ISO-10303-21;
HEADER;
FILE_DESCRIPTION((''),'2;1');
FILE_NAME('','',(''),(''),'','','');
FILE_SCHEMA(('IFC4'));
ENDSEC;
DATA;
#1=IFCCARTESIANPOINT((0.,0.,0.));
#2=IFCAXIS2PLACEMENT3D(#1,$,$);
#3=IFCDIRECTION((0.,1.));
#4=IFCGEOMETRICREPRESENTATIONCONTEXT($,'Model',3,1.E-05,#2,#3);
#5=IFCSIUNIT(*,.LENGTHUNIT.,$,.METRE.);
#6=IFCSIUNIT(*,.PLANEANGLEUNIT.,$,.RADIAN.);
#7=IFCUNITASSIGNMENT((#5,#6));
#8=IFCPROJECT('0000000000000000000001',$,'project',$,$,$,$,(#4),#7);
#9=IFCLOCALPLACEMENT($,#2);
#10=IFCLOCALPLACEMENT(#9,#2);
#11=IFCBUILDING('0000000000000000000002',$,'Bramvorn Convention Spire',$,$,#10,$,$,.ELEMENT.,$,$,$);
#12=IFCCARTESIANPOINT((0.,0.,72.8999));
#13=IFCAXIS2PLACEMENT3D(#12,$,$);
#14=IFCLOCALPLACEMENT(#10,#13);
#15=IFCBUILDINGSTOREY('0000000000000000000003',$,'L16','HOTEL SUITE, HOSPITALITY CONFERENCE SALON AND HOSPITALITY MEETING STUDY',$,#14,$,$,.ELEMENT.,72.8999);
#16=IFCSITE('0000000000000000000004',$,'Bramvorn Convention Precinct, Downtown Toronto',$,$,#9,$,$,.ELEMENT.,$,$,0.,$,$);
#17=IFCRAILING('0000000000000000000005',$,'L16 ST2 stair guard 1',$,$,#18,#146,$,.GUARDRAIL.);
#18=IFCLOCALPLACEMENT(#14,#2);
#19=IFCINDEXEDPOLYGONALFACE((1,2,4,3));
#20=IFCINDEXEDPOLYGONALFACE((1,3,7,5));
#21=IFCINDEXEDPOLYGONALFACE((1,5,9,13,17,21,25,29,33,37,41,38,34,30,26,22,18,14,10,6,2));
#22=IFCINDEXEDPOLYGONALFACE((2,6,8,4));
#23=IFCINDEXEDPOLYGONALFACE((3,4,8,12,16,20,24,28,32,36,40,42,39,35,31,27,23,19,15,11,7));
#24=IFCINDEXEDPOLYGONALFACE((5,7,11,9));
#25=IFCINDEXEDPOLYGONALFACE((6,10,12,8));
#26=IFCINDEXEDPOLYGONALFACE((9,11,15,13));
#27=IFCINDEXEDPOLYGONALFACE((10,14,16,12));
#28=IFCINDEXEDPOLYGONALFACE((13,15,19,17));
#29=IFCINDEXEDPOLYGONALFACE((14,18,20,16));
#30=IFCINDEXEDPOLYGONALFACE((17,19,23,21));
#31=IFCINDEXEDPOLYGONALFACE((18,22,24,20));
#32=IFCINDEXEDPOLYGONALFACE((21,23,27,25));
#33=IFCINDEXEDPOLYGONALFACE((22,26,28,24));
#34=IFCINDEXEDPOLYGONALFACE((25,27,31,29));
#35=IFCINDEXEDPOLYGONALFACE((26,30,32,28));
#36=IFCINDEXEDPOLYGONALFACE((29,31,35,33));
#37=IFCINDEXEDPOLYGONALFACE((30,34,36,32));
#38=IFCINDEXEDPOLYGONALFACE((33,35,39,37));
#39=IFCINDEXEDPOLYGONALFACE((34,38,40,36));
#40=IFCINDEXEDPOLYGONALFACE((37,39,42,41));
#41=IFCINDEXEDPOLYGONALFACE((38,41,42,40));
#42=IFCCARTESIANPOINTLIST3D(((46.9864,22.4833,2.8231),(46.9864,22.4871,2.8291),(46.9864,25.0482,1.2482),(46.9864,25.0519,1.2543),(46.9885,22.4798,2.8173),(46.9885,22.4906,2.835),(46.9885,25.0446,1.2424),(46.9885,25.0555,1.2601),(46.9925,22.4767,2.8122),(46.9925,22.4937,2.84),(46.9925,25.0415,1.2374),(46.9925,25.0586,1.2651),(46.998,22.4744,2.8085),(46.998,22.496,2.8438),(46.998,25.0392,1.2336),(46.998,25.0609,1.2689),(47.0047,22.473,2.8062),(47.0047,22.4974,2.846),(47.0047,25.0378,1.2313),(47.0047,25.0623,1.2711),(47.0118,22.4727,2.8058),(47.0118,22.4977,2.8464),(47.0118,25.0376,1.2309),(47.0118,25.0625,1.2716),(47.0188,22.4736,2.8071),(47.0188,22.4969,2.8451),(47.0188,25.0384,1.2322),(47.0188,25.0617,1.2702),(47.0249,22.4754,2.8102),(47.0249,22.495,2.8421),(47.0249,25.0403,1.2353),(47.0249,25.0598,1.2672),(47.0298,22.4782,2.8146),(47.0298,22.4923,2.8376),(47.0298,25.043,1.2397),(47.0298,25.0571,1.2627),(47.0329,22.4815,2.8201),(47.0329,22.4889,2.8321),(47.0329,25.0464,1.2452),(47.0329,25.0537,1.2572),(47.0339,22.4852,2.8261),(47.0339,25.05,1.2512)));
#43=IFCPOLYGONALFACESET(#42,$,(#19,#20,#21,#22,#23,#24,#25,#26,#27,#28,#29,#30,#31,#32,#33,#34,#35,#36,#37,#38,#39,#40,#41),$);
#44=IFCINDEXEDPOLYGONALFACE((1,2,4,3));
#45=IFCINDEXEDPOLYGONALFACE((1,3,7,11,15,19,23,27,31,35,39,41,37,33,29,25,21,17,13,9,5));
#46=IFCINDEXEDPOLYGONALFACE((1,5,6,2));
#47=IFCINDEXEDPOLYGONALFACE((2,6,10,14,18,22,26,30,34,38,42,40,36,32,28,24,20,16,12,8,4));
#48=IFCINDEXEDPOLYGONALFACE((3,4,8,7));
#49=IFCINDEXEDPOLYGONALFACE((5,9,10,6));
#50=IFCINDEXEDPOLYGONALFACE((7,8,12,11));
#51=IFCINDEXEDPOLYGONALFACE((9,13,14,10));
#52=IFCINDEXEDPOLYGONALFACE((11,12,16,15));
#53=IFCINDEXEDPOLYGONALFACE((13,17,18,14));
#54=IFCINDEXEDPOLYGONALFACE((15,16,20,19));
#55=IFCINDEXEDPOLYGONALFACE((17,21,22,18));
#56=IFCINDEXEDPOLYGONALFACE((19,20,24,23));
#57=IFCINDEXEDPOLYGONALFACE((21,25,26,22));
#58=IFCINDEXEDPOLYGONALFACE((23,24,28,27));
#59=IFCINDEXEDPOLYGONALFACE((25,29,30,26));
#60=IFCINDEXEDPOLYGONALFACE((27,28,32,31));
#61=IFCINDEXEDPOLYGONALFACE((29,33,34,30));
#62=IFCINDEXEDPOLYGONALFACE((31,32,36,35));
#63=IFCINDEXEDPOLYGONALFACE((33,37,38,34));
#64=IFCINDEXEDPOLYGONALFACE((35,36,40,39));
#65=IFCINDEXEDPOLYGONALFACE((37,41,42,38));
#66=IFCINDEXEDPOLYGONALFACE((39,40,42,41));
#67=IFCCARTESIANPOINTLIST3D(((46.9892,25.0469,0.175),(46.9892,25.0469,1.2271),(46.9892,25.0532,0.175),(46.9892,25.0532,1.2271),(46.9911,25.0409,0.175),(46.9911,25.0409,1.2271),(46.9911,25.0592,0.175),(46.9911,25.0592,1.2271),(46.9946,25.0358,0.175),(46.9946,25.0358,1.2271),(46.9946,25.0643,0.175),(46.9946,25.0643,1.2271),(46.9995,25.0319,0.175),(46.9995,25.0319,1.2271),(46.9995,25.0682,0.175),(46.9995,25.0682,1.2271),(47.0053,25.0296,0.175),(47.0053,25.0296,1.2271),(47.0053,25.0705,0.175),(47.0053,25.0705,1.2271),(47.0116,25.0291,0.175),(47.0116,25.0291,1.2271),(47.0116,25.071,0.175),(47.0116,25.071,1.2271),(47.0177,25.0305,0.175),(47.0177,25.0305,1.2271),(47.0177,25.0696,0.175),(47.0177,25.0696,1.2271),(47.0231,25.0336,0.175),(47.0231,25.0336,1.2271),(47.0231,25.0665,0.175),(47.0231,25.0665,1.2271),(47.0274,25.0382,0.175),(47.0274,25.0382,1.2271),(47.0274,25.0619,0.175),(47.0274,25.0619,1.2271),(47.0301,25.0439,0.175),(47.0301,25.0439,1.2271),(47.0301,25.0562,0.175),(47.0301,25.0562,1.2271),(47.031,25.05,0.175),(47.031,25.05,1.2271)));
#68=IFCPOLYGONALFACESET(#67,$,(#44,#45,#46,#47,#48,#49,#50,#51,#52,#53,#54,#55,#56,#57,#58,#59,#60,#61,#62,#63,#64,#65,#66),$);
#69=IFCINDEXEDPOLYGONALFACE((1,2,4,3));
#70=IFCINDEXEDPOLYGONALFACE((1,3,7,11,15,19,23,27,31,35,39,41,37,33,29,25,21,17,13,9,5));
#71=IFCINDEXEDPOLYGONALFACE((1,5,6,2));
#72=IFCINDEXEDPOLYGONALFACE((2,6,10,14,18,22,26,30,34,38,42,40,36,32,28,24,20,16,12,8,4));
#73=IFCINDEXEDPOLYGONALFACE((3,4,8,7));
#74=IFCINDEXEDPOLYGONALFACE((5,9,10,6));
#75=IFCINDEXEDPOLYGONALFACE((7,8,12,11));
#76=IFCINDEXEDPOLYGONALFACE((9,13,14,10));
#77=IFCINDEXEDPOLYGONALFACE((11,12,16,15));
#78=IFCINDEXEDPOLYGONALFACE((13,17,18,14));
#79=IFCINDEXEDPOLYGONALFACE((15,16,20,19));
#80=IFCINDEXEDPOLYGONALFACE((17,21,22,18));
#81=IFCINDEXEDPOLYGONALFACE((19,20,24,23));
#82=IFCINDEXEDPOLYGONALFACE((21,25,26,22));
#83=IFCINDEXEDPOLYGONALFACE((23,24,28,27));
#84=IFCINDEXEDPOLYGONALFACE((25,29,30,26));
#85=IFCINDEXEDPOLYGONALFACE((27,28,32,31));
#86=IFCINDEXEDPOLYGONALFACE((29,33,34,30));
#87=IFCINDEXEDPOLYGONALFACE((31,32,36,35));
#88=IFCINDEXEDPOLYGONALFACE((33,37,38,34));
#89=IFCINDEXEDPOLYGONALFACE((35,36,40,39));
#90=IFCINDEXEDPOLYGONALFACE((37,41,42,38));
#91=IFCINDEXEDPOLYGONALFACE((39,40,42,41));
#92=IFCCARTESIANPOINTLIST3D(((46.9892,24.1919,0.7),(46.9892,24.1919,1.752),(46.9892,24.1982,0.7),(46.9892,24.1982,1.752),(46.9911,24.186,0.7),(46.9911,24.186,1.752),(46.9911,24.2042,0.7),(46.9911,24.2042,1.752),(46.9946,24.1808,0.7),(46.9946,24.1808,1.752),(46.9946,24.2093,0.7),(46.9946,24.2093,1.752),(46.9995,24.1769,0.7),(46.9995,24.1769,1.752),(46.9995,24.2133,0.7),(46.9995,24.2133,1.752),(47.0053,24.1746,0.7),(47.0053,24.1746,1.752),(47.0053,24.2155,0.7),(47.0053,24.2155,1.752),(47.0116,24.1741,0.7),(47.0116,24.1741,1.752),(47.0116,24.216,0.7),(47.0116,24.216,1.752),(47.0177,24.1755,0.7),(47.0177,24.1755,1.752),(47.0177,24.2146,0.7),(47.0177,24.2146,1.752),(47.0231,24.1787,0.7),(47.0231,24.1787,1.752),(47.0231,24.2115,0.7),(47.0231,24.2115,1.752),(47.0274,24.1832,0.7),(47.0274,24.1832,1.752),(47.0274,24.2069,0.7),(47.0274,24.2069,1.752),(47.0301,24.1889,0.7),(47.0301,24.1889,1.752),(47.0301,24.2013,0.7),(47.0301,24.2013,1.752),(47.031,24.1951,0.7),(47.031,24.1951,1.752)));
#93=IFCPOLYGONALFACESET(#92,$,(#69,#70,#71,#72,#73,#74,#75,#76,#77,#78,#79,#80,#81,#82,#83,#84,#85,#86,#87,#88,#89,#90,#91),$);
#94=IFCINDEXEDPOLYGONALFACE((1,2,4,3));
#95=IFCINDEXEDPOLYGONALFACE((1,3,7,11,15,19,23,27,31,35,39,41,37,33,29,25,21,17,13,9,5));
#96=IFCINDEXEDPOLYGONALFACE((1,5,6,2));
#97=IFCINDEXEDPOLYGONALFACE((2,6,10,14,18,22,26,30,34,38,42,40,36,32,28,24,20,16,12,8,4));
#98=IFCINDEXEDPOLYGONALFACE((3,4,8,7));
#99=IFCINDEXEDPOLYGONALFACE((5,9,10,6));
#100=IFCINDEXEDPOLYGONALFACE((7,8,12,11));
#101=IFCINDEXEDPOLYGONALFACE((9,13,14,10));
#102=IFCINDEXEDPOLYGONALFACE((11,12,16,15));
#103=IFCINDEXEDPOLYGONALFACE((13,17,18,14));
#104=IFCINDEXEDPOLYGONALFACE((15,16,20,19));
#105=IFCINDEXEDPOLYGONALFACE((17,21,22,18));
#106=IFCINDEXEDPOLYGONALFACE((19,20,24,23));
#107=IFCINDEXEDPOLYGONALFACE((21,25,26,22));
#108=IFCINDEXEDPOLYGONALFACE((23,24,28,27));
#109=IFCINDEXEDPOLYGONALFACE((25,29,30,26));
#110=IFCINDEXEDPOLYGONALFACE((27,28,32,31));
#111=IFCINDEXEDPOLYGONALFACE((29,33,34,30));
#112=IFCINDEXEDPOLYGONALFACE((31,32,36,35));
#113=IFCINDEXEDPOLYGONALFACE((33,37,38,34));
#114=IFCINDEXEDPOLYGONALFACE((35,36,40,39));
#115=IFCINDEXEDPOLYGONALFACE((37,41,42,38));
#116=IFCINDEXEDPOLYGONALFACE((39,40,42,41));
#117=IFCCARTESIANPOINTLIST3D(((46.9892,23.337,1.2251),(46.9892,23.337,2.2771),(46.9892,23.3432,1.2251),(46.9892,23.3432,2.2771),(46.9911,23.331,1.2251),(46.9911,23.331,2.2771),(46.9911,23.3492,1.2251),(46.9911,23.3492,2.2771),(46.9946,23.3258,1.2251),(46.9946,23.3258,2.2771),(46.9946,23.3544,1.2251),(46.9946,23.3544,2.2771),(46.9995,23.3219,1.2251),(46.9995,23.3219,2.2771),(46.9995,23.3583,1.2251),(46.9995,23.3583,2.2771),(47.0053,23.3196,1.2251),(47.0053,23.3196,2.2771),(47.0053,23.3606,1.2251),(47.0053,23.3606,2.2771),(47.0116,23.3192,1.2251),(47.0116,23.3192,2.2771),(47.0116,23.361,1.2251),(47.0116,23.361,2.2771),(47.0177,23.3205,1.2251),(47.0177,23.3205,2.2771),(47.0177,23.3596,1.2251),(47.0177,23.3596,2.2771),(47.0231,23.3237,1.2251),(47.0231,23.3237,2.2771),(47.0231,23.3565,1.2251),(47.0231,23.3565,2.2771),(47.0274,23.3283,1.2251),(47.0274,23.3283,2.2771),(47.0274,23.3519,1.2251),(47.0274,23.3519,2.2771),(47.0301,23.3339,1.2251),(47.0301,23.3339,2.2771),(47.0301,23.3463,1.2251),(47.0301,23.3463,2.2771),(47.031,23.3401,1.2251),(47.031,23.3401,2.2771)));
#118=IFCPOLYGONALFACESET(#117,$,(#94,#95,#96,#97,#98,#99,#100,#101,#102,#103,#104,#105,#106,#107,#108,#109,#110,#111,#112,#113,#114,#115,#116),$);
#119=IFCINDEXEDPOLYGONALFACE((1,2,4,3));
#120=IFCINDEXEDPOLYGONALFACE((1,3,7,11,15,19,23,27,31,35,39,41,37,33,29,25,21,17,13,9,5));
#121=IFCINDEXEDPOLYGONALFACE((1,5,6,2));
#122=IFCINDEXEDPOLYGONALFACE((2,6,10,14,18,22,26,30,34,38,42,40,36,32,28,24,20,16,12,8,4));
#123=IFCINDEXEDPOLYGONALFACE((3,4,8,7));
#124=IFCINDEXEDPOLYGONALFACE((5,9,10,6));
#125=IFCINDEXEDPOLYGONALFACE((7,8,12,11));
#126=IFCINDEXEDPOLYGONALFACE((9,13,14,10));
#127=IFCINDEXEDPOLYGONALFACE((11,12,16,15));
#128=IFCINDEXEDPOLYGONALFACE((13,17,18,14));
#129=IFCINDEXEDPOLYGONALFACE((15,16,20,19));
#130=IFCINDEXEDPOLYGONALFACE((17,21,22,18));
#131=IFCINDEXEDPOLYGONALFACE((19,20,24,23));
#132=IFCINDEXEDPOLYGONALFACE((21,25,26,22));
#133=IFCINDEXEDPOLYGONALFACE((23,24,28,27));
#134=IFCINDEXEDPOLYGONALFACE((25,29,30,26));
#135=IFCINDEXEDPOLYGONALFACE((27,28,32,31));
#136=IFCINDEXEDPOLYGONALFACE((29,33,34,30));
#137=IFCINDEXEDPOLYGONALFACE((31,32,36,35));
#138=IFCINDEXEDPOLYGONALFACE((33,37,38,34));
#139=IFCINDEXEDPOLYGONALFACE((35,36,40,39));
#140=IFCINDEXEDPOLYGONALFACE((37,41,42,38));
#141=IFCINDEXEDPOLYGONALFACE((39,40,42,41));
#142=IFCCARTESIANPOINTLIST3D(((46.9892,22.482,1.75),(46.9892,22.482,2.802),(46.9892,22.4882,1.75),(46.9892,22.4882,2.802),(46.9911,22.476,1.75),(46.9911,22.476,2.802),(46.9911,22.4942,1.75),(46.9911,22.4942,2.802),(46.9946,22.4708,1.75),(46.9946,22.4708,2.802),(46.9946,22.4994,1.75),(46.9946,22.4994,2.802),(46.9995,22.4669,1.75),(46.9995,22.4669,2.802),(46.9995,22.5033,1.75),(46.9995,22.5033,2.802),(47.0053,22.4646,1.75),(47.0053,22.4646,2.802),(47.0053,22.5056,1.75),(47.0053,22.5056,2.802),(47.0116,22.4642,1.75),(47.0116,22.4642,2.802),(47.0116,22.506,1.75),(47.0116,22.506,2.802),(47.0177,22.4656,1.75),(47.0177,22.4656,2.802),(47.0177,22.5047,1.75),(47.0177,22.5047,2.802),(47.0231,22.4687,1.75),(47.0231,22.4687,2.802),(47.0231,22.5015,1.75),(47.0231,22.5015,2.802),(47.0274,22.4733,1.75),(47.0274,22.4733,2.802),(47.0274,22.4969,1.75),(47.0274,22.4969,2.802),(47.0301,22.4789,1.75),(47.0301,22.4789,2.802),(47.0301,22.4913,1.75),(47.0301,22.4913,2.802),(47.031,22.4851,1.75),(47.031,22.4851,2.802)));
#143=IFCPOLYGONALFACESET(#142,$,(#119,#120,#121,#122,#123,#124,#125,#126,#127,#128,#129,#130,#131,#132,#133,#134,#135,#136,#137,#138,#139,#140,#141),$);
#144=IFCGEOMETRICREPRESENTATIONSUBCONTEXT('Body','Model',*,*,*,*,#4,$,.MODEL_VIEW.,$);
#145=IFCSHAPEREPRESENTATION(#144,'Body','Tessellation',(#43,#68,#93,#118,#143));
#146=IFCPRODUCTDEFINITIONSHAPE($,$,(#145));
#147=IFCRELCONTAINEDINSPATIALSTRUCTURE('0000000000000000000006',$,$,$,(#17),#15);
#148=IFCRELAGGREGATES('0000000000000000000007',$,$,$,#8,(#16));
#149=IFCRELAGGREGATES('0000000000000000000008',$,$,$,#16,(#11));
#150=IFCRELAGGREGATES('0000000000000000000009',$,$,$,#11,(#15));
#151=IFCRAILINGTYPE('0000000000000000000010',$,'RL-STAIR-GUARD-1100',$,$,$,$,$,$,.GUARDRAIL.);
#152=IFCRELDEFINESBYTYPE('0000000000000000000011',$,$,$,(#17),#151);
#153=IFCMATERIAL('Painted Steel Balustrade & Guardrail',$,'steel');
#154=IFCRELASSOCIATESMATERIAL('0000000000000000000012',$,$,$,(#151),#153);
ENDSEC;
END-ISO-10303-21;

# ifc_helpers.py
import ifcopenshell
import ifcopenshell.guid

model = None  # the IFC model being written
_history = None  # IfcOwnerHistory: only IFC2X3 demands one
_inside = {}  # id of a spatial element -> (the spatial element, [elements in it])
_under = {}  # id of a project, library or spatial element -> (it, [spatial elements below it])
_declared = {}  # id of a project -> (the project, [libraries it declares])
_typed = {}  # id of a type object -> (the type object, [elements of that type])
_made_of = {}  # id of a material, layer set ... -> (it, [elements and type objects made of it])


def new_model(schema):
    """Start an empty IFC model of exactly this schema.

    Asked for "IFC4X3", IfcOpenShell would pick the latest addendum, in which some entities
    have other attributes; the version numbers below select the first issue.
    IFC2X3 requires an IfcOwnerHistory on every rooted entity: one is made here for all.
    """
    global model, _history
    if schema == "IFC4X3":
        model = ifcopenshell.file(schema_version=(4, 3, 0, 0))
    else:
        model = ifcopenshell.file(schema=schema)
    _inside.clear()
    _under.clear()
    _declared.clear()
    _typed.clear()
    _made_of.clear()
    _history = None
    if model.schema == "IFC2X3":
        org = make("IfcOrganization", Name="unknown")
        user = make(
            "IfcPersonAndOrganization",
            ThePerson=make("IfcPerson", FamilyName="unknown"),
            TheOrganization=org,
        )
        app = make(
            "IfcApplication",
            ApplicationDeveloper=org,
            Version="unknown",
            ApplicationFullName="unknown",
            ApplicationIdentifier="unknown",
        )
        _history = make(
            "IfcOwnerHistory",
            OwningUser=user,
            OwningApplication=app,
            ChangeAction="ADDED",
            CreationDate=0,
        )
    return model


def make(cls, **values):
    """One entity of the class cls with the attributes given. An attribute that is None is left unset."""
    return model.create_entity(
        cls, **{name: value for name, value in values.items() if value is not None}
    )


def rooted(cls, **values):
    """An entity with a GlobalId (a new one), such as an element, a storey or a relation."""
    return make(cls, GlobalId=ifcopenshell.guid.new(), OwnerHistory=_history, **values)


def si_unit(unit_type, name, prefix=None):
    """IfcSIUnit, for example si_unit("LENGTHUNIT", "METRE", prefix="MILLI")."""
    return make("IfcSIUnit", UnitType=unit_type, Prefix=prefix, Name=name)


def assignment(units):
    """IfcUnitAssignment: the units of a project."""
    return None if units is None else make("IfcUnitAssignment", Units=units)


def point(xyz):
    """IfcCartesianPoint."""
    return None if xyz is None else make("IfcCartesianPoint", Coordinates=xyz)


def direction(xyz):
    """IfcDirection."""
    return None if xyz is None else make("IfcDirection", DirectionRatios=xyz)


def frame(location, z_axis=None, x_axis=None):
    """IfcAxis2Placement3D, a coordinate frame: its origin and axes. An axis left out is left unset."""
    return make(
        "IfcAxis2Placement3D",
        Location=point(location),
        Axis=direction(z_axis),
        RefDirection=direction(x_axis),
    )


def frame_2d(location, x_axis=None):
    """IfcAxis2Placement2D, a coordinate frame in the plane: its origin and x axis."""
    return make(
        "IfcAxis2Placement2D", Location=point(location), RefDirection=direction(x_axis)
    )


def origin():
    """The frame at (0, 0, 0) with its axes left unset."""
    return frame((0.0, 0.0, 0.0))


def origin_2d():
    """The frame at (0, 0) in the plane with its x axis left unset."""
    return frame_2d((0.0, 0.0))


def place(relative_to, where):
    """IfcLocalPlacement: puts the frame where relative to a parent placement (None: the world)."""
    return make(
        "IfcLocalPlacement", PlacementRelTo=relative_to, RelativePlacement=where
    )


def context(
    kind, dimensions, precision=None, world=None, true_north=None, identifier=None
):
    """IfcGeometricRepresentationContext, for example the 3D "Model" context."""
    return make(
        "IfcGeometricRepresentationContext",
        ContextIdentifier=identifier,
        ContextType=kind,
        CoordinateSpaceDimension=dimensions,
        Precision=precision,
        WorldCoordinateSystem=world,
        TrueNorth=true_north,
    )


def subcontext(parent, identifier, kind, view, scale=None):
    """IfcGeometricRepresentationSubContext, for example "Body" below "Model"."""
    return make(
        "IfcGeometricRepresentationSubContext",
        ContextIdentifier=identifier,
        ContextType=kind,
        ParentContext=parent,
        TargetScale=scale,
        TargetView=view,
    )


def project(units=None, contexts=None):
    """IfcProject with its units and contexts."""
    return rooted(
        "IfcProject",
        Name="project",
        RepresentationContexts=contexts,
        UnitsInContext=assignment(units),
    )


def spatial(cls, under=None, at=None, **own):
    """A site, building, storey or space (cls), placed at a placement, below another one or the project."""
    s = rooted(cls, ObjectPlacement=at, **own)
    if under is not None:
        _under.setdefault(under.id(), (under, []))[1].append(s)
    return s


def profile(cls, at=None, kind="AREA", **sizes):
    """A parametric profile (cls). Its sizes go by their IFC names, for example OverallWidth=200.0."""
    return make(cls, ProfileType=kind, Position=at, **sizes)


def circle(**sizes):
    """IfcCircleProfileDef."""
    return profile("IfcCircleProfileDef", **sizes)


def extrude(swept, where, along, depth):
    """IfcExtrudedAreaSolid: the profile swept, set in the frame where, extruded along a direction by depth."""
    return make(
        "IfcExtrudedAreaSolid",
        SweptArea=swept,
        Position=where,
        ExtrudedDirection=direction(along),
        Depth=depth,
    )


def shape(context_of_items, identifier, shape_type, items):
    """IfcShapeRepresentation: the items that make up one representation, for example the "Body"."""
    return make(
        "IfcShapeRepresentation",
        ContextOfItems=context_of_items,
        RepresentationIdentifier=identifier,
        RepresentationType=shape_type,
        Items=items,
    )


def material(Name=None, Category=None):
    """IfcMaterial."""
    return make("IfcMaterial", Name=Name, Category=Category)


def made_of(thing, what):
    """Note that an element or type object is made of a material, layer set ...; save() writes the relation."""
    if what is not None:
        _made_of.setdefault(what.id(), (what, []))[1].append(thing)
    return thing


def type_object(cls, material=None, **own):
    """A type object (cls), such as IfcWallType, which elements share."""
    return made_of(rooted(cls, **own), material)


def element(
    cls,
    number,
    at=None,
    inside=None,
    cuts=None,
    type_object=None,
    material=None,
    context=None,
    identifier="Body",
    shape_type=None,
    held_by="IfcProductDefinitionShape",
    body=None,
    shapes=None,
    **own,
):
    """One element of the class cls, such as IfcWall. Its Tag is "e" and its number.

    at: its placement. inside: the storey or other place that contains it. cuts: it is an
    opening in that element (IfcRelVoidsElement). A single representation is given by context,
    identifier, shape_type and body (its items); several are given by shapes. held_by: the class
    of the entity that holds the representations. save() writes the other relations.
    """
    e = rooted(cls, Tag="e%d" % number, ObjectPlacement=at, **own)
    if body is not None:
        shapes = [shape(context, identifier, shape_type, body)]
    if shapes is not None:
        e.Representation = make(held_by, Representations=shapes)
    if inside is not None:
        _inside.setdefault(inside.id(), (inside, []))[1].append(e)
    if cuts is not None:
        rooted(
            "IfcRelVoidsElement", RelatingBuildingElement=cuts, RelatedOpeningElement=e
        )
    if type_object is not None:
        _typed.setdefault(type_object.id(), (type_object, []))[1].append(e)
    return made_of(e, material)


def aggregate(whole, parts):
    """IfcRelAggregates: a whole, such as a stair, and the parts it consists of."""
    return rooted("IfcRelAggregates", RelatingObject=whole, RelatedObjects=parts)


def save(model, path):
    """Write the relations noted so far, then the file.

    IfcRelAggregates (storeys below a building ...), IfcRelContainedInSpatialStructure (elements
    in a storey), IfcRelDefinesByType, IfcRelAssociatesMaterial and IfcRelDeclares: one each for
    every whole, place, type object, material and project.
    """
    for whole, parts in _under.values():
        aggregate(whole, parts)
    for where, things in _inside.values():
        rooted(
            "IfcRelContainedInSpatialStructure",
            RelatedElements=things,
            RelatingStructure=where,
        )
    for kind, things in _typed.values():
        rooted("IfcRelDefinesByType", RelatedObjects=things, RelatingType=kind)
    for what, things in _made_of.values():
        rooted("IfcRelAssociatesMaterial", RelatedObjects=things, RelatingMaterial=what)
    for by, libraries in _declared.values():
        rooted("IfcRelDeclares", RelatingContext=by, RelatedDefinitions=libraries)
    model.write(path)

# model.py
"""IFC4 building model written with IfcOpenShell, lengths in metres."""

from ifc_helpers import new_model, si_unit, direction, frame, origin, origin_2d, place, context, subcontext, project, spatial, circle, extrude, material, type_object, element, save


model = new_model("IFC4")

# Units and contexts
model_context = context("Model", 3, precision=1e-05, world=origin(), true_north=direction((0.0, 1.0)))
body_context = subcontext(model_context, "Body", "Model", "MODEL_VIEW")
ifc_project = project(units=[si_unit("LENGTHUNIT", "METRE"), si_unit("PLANEANGLEUNIT", "RADIAN")], contexts=[model_context])

# Site, building, storey
site_placement = place(None, origin())
site = spatial("IfcSite", under=ifc_project, at=site_placement, Name="Bramvorn Convention Precinct, Downtown Toronto", CompositionType="ELEMENT", RefElevation=0.0)
building_placement = place(site_placement, origin())
building = spatial("IfcBuilding", under=site, at=building_placement, Name="Bramvorn Convention Spire", CompositionType="ELEMENT")
storey_placement = place(building_placement, frame((0.0, 0.0, 72.8999)))
storey = spatial("IfcBuildingStorey", under=building, at=storey_placement, Name="L16", Description="HOTEL SUITE, HOSPITALITY CONFERENCE SALON AND HOSPITALITY MEETING STUDY", CompositionType="ELEMENT", Elevation=72.8999)

# Railing
ifc_material_1 = material(Name="Painted Steel Balustrade & Guardrail", Category="steel")
railing_type_1 = type_object("IfcRailingType", Name="RL-STAIR-GUARD-1100", PredefinedType="GUARDRAIL", material=ifc_material_1)
railing_1_placement = place(storey_placement, frame((47.01, 25.05, 0.175)))
element("IfcRailing", 1, at=railing_1_placement, inside=storey, type_object=railing_type_1, Name="L16 ST2 stair guard 1", PredefinedType="GUARDRAIL", context=body_context, shape_type="SweptSolid", body=[
    extrude(circle(Radius=0.0239, at=origin_2d()), frame((0.0, 0.0, 1.0762), z_axis=(0.0, -0.852173, 0.52326), x_axis=(1.0, 0.0, 0.0)), (0.0, 0.0, 1.0), 3.0098),
    extrude(circle(Radius=0.021, at=origin_2d()), origin(), (0.0, 0.0, 1.0), 1.052),
    extrude(circle(Radius=0.021, at=origin_2d()), frame((0.0, -0.855, 0.5249)), (0.0, 0.0, 1.0), 1.052),
    extrude(circle(Radius=0.021, at=origin_2d()), frame((0.0, -1.71, 1.05)), (0.0, 0.0, 1.0), 1.052),
    extrude(circle(Radius=0.021, at=origin_2d()), frame((0.0, -2.5649, 1.575)), (0.0, 0.0, 1.0), 1.052),
])

save(model, "model.ifc")
